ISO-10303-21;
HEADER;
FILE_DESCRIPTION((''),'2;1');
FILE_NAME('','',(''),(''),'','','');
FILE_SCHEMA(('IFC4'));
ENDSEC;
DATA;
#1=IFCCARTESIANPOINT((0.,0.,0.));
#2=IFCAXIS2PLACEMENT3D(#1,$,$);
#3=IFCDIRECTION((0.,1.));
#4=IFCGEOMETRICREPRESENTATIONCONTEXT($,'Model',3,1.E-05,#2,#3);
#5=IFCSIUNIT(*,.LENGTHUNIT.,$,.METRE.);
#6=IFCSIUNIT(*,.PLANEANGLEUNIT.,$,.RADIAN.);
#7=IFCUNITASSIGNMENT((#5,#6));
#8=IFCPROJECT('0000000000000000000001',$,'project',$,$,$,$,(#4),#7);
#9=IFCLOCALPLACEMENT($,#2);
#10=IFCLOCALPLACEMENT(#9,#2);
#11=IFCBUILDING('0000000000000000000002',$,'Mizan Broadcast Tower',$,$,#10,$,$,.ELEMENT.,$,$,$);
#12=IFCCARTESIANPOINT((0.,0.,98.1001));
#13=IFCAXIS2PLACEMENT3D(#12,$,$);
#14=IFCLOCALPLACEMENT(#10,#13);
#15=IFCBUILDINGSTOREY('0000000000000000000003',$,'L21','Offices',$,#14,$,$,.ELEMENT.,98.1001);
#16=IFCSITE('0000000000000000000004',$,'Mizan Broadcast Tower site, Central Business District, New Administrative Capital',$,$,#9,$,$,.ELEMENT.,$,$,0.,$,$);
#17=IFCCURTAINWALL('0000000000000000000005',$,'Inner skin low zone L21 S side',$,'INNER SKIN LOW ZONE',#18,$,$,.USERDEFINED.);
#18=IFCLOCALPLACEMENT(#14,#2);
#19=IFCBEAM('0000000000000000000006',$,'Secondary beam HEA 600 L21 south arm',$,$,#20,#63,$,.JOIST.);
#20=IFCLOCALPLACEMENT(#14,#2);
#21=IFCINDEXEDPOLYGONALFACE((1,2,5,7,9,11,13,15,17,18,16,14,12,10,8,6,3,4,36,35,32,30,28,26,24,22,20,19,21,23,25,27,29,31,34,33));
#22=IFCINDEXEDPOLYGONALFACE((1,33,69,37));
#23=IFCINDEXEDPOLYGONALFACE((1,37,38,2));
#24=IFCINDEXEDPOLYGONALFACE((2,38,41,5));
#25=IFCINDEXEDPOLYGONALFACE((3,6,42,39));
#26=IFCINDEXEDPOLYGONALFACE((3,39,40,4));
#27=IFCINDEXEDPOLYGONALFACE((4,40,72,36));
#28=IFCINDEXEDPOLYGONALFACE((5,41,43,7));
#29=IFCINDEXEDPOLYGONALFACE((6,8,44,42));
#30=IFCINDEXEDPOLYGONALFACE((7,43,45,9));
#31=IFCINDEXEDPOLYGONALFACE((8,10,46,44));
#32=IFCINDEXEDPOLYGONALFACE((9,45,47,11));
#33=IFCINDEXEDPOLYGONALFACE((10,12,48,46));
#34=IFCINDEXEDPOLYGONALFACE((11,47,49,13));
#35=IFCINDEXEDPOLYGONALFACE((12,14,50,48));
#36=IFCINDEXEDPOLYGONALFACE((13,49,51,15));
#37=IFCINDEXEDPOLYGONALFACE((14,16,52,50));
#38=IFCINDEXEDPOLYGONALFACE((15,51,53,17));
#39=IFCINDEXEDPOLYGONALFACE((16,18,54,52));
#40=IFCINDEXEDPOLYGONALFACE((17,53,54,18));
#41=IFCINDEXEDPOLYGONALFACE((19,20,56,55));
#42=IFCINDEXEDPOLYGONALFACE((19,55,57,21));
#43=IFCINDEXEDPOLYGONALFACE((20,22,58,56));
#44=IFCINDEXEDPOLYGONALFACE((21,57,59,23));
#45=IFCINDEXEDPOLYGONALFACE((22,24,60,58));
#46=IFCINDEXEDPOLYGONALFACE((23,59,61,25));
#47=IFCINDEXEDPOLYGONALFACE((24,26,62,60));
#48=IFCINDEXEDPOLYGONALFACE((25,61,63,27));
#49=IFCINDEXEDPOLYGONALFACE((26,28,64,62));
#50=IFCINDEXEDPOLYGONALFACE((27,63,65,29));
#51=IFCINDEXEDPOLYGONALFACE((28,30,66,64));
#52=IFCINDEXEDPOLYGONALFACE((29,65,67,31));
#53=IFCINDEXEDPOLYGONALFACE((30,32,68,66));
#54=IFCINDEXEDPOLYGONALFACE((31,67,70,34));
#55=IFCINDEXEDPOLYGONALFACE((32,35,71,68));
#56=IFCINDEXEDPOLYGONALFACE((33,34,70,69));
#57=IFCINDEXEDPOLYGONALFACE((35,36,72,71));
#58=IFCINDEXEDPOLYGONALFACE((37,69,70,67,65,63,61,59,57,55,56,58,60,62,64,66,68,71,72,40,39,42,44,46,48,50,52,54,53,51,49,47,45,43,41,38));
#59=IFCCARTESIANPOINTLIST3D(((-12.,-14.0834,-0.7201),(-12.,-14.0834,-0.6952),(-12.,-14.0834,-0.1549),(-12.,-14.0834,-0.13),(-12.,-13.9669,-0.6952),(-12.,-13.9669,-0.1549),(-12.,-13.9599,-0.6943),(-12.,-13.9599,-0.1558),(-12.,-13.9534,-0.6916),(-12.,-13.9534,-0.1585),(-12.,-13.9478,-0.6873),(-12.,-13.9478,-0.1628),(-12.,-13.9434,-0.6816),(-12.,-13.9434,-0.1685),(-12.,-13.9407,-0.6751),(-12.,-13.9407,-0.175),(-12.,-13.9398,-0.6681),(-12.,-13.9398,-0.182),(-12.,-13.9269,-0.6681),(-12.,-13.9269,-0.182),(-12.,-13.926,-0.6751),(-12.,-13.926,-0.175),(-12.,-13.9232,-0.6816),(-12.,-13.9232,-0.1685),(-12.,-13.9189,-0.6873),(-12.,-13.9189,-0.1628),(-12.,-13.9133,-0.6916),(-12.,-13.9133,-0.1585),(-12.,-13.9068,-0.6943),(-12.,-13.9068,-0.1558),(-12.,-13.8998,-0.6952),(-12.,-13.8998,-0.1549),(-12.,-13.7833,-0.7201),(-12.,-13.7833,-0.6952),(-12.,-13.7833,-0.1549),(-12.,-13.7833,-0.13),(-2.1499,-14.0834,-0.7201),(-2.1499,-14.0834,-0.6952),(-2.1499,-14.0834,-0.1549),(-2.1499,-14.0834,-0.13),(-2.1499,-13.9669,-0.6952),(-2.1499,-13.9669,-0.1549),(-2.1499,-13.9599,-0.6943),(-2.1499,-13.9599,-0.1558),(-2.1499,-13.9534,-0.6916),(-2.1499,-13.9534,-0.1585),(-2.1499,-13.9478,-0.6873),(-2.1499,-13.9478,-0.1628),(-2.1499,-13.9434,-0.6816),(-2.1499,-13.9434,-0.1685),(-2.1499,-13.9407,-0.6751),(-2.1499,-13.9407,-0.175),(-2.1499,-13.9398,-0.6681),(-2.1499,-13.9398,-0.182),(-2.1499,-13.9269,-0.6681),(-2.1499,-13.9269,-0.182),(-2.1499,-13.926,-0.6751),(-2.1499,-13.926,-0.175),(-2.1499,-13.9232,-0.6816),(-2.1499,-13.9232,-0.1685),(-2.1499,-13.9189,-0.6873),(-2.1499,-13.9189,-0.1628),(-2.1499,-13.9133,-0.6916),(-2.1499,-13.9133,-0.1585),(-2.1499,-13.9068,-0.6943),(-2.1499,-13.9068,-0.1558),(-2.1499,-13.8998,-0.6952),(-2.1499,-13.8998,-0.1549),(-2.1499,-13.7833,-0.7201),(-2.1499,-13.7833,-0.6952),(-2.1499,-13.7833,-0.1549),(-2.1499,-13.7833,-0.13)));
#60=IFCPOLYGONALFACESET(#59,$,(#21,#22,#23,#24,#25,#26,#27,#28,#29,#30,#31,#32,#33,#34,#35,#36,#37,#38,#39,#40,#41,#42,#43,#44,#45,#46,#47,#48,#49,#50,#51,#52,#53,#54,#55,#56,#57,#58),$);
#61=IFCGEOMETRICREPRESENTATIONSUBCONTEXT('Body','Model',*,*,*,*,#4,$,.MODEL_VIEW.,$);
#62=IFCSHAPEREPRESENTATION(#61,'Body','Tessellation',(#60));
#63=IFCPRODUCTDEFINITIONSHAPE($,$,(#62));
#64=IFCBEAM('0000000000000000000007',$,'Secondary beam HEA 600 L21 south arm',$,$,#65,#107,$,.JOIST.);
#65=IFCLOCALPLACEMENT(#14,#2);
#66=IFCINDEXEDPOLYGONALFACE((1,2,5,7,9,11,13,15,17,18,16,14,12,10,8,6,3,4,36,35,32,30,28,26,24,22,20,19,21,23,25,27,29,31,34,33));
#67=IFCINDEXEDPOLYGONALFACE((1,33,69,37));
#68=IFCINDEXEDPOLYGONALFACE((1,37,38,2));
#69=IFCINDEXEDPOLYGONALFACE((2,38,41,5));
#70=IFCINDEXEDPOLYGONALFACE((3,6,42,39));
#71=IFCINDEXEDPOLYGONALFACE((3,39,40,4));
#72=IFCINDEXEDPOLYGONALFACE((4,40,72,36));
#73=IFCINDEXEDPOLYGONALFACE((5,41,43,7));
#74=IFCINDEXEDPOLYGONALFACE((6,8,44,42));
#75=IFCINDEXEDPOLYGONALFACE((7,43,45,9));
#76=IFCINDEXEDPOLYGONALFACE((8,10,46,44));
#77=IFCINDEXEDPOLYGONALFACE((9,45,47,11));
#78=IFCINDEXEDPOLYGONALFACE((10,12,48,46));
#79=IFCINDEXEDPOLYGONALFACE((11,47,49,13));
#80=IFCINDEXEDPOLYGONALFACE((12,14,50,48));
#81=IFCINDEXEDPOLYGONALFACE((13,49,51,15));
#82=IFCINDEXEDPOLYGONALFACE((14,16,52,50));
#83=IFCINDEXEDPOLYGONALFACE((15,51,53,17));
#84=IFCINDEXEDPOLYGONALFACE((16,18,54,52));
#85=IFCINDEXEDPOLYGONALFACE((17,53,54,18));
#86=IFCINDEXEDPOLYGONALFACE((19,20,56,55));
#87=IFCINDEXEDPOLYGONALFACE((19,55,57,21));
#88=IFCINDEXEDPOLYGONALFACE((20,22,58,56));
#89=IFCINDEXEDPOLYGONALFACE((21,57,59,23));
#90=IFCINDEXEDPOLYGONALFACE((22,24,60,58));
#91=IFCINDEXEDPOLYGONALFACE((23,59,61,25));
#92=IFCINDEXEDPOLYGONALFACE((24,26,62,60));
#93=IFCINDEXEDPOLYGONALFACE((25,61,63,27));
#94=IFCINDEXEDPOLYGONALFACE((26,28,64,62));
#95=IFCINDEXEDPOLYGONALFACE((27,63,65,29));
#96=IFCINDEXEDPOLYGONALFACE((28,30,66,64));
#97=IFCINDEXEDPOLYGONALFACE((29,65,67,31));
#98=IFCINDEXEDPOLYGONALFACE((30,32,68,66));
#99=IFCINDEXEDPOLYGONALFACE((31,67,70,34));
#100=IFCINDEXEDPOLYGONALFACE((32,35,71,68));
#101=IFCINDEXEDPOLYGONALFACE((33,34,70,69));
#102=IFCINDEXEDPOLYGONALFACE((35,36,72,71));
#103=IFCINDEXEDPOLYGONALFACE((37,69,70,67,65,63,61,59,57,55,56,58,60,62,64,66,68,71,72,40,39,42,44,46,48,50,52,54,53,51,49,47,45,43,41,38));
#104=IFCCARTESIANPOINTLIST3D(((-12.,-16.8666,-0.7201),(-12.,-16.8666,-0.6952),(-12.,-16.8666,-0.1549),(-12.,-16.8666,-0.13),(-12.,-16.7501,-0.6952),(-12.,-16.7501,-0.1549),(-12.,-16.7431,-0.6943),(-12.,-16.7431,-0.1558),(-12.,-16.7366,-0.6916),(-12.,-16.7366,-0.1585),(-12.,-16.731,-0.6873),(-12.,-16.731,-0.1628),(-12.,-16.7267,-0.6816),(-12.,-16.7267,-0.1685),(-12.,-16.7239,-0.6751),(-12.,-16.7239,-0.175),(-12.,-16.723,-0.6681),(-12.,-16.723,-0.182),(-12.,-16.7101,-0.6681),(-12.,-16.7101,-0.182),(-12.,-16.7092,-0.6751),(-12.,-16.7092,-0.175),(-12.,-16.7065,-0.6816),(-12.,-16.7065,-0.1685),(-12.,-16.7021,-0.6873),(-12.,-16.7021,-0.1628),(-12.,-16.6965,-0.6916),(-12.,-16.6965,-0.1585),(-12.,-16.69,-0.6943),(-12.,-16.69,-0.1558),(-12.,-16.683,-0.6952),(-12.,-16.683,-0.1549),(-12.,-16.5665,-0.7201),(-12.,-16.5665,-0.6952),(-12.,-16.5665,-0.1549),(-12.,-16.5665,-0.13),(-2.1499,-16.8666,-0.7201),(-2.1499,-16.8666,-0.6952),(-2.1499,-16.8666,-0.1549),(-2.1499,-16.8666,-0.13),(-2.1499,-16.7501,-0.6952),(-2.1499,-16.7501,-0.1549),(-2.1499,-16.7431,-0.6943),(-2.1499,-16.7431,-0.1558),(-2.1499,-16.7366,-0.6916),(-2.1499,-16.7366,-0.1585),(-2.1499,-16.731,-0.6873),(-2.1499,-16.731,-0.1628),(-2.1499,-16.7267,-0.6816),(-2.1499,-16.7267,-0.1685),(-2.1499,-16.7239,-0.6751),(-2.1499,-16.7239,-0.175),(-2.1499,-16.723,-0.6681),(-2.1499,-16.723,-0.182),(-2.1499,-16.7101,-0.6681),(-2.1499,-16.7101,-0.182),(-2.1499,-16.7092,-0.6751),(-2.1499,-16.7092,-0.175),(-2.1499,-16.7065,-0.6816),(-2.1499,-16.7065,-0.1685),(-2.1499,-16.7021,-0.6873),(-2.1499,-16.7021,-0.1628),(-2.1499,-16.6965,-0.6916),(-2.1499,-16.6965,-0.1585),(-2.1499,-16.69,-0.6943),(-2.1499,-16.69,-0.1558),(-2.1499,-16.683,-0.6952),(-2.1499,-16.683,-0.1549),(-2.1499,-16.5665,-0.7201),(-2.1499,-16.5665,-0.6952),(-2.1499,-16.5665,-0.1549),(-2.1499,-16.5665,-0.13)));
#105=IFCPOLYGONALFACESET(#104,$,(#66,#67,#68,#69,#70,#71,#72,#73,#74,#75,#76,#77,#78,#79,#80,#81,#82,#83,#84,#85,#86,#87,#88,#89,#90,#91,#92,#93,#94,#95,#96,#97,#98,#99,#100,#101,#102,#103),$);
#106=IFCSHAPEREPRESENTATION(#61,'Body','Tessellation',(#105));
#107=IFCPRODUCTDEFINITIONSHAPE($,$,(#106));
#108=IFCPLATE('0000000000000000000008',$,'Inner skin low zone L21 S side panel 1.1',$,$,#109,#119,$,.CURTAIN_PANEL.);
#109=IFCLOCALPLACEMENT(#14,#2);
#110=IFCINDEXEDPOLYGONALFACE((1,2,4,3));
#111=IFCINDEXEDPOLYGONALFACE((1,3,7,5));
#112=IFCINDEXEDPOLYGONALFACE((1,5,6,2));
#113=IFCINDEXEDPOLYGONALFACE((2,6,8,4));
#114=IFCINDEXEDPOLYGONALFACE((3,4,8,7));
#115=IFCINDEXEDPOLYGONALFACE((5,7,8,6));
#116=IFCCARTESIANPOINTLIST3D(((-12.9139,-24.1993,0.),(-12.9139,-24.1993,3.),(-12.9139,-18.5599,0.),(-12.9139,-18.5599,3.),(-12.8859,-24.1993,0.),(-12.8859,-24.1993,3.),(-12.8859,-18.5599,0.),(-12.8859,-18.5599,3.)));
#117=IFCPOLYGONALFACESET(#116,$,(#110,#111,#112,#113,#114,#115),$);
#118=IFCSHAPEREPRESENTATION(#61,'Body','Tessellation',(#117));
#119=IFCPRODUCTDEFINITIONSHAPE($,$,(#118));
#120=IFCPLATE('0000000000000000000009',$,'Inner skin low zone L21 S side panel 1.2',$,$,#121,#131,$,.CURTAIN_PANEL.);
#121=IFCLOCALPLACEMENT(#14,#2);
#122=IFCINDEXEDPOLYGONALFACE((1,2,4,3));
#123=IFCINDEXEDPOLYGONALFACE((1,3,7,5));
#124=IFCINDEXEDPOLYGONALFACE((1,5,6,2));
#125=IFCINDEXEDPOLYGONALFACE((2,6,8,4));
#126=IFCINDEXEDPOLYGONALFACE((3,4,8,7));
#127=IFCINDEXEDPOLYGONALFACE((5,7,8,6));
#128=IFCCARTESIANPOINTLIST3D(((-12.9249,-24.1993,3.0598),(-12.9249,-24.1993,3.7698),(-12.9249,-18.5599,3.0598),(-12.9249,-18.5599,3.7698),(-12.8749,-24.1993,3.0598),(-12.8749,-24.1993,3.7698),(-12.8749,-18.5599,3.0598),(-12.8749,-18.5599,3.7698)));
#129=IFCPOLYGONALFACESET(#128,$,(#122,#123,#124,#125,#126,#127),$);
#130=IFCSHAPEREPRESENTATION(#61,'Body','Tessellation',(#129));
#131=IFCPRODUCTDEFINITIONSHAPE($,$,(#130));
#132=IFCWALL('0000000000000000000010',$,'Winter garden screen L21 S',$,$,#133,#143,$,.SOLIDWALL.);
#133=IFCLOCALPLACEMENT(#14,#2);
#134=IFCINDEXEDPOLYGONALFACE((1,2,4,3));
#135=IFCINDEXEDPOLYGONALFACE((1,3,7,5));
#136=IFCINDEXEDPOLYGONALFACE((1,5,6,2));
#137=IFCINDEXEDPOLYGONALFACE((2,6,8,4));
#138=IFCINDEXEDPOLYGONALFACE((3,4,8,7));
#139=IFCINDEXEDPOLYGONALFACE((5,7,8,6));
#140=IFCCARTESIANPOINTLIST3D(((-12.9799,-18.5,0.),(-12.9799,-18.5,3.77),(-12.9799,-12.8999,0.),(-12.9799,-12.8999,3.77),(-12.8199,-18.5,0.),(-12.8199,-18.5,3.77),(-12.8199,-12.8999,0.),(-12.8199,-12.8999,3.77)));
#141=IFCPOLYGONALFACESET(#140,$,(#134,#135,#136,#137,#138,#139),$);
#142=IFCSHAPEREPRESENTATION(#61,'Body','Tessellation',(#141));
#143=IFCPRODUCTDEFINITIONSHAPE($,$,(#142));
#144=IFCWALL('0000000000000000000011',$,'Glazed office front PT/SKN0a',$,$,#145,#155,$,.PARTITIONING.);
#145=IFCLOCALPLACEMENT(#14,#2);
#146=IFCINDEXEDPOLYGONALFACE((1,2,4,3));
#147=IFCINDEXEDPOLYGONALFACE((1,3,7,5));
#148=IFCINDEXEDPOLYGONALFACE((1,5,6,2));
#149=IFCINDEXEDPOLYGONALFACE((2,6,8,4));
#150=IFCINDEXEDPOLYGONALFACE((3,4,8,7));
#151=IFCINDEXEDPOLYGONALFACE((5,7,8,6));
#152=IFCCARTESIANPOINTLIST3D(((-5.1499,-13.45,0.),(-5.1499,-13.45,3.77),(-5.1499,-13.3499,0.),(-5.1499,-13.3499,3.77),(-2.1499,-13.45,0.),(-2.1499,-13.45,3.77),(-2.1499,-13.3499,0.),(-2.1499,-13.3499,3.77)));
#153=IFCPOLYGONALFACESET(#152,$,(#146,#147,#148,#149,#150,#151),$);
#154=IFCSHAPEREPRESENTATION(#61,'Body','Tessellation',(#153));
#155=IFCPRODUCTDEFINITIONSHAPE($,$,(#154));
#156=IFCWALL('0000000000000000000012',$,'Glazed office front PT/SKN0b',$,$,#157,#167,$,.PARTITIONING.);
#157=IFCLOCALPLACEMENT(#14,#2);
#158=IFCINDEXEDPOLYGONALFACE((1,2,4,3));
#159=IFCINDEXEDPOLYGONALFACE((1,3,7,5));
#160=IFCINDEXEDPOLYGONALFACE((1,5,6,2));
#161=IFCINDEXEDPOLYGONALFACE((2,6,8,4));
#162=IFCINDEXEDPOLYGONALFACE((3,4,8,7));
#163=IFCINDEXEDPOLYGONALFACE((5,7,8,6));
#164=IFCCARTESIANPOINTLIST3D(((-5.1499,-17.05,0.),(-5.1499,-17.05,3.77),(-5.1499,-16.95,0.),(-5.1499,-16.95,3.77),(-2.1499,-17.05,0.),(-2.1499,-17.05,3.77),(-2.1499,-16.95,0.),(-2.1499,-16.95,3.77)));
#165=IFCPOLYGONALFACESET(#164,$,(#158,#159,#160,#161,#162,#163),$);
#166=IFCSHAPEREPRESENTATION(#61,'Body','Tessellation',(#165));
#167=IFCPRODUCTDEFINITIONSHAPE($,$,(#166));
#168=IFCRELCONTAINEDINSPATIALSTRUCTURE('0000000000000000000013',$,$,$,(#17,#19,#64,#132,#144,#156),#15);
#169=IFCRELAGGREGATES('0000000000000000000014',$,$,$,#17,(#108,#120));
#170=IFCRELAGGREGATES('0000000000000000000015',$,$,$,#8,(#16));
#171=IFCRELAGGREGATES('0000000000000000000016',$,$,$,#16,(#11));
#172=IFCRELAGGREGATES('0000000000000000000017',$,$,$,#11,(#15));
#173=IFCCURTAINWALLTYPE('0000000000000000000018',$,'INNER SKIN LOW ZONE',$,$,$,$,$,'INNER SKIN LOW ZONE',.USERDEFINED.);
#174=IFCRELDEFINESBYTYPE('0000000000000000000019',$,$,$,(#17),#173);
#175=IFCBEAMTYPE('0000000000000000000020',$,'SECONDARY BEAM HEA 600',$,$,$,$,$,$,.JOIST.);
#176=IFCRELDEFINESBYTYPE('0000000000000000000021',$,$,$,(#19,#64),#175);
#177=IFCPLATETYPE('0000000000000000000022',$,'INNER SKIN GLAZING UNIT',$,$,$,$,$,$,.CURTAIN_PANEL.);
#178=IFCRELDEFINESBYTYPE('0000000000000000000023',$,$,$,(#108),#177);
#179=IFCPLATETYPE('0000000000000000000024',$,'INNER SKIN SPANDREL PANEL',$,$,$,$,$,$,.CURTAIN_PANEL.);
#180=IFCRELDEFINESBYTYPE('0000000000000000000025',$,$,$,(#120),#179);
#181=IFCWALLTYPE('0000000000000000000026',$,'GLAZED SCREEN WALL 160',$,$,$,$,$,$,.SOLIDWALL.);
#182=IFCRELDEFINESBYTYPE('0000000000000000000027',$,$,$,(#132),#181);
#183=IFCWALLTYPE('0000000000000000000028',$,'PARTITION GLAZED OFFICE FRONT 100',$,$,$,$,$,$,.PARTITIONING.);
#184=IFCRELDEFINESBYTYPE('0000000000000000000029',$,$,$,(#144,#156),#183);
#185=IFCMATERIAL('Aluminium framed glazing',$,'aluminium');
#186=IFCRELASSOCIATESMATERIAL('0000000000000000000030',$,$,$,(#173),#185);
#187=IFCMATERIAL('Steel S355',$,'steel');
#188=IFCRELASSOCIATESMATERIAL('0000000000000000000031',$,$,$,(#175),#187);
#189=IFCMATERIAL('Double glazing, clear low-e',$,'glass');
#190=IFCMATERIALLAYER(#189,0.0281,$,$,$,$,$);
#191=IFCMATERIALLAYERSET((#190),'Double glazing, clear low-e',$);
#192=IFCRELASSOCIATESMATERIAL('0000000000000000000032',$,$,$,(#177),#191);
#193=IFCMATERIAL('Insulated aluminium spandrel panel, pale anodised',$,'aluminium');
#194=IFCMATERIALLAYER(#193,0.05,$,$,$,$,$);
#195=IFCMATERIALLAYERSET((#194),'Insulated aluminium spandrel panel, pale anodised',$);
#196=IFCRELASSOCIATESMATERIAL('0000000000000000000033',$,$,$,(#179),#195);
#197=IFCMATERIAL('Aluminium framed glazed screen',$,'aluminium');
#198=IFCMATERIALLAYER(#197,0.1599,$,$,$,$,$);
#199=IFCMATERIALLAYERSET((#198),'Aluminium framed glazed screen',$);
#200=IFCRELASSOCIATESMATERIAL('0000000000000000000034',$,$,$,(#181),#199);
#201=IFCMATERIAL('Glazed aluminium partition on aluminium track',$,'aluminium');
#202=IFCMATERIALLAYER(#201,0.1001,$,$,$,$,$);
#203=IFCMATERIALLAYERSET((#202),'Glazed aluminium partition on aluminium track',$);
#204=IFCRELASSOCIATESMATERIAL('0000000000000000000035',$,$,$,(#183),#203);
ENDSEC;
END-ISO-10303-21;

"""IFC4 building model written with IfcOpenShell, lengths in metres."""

from ifc_helpers import new_model, si_unit, direction, frame, frame_2d, origin, origin_2d, place, context, subcontext, project, spatial, rectangle, i_section, extrude, material, layer, layer_set, material_profile, profile_set, type_object, element, aggregate, save


model = new_model("IFC4")

# Units and contexts
model_context = context("Model", 3, precision=1e-05, world=origin(), true_north=direction((0.0, 1.0)))
body_context = subcontext(model_context, "Body", "Model", "MODEL_VIEW")
ifc_project = project(units=[si_unit("LENGTHUNIT", "METRE"), si_unit("PLANEANGLEUNIT", "RADIAN")], contexts=[model_context])

# Site, building, storey
site_placement = place(None, origin())
site = spatial("IfcSite", under=ifc_project, at=site_placement, Name="Mizan Broadcast Tower site, Central Business District, New Administrative Capital", CompositionType="ELEMENT", RefElevation=0.0)
building_placement = place(site_placement, origin())
building = spatial("IfcBuilding", under=site, at=building_placement, Name="Mizan Broadcast Tower", CompositionType="ELEMENT")
storey_placement = place(building_placement, frame((0.0, 0.0, 98.1001)))
storey = spatial("IfcBuildingStorey", under=building, at=storey_placement, Name="L21", Description="Offices", CompositionType="ELEMENT", Elevation=98.1001)

# Curtain wall
ifc_material_1 = material(Name="Aluminium framed glazing", Category="aluminium")
curtain_wall_type = type_object("IfcCurtainWallType", Name="INNER SKIN LOW ZONE", ElementType="INNER SKIN LOW ZONE", PredefinedType="USERDEFINED", material=ifc_material_1)
curtain_wall_placement = place(storey_placement, origin())
curtain_wall = element("IfcCurtainWall", 1, at=curtain_wall_placement, inside=storey, type_object=curtain_wall_type, Name="Inner skin low zone L21 S side", ObjectType="INNER SKIN LOW ZONE", PredefinedType="USERDEFINED")

# Beams
ifc_material_2 = material(Name="Steel S355", Category="steel")
ifc_material_profile_1 = material_profile(ifc_material_2, i_section(OverallWidth=0.3, OverallDepth=0.5901, WebThickness=0.0129, FlangeThickness=0.0249, FilletRadius=0.0271, at=origin_2d()), Name="HEA 600")
ifc_profile_set_1 = profile_set([ifc_material_profile_1], Name="Steel S355")
beam_type_1 = type_object("IfcBeamType", Name="SECONDARY BEAM HEA 600", PredefinedType="JOIST", material=ifc_profile_set_1)
for number, where, z_axis, x_axis, name in (
    (2, (-12.0, -13.9333, -0.425), (1.0, 0.0, 0.0), (0.0, 1.0, 0.0), "Secondary beam HEA 600 L21 south arm"),
    (3, (-12.0, -16.7166, -0.425), (1.0, 0.0, 0.0), (0.0, 1.0, 0.0), "Secondary beam HEA 600 L21 south arm"),
):
    element("IfcBeam", number, at=place(storey_placement, frame(where, z_axis=z_axis, x_axis=x_axis)), inside=storey, type_object=beam_type_1, Name=name, PredefinedType="JOIST", context=body_context, shape_type="SweptSolid", body=[
        extrude(i_section(OverallWidth=0.3, OverallDepth=0.5901, WebThickness=0.0129, FlangeThickness=0.0249, FilletRadius=0.0271, at=origin_2d()), origin(), (0.0, 0.0, 1.0), 9.8501),
    ])

# Plates
ifc_material_3 = material(Name="Double glazing, clear low-e", Category="glass")
ifc_layer_1 = layer(ifc_material_3, 0.0281)
ifc_layer_set_1 = layer_set([ifc_layer_1], Name="Double glazing, clear low-e")
plate_type_1 = type_object("IfcPlateType", Name="INNER SKIN GLAZING UNIT", PredefinedType="CURTAIN_PANEL", material=ifc_layer_set_1)
plate_1_placement = place(storey_placement, frame((-12.8999, -21.3796, 0.0), z_axis=(0.0, 0.0, 1.0), x_axis=(0.0, -1.0, 0.0)))
plate_1 = element("IfcPlate", 4, at=plate_1_placement, type_object=plate_type_1, Name="Inner skin low zone L21 S side panel 1.1", PredefinedType="CURTAIN_PANEL", context=body_context, shape_type="SweptSolid", body=[
    extrude(rectangle(XDim=5.6394, YDim=0.0281, at=origin_2d()), origin(), (0.0, 0.0, 1.0), 3.0),
])
ifc_material_4 = material(Name="Insulated aluminium spandrel panel, pale anodised", Category="aluminium")
ifc_layer_2 = layer(ifc_material_4, 0.05)
ifc_layer_set_2 = layer_set([ifc_layer_2], Name="Insulated aluminium spandrel panel, pale anodised")
plate_type_2 = type_object("IfcPlateType", Name="INNER SKIN SPANDREL PANEL", PredefinedType="CURTAIN_PANEL", material=ifc_layer_set_2)
plate_2_placement = place(storey_placement, frame((-12.8999, -21.3796, 3.0598), z_axis=(0.0, 0.0, 1.0), x_axis=(0.0, -1.0, 0.0)))
plate_2 = element("IfcPlate", 5, at=plate_2_placement, type_object=plate_type_2, Name="Inner skin low zone L21 S side panel 1.2", PredefinedType="CURTAIN_PANEL", context=body_context, shape_type="SweptSolid", body=[
    extrude(rectangle(XDim=5.6394, YDim=0.05, at=origin_2d()), origin(), (0.0, 0.0, 1.0), 0.71),
])
aggregate(curtain_wall, [plate_1, plate_2])

# Walls
ifc_material_5 = material(Name="Aluminium framed glazed screen", Category="aluminium")
ifc_layer_3 = layer(ifc_material_5, 0.1599)
ifc_layer_set_3 = layer_set([ifc_layer_3], Name="Aluminium framed glazed screen")
wall_type_1 = type_object("IfcWallType", Name="GLAZED SCREEN WALL 160", PredefinedType="SOLIDWALL", material=ifc_layer_set_3)
wall_1_placement = place(storey_placement, frame((-12.8999, -12.8999, 0.0), z_axis=(0.0, 0.0, 1.0), x_axis=(0.0, -1.0, 0.0)))
element("IfcWall", 6, at=wall_1_placement, inside=storey, type_object=wall_type_1, Name="Winter garden screen L21 S", PredefinedType="SOLIDWALL", context=body_context, shape_type="SweptSolid", body=[
    extrude(rectangle(XDim=5.6001, YDim=0.1599, at=frame_2d((2.8, 0.0))), origin(), (0.0, 0.0, 1.0), 3.77),
])
ifc_material_6 = material(Name="Glazed aluminium partition on aluminium track", Category="aluminium")
ifc_layer_4 = layer(ifc_material_6, 0.1001)
ifc_layer_set_4 = layer_set([ifc_layer_4], Name="Glazed aluminium partition on aluminium track")
wall_type_2 = type_object("IfcWallType", Name="PARTITION GLAZED OFFICE FRONT 100", PredefinedType="PARTITIONING", material=ifc_layer_set_4)
for number, where, z_axis, x_axis, name in (
    (7, (-2.1499, -13.3999, 0.0), (0.0, 0.0, 1.0), (-1.0, 0.0, 0.0), "Glazed office front PT/SKN0a"),
    (8, (-2.1499, -17.0, 0.0), (0.0, 0.0, 1.0), (-1.0, 0.0, 0.0), "Glazed office front PT/SKN0b"),
):
    element("IfcWall", number, at=place(storey_placement, frame(where, z_axis=z_axis, x_axis=x_axis)), inside=storey, type_object=wall_type_2, Name=name, PredefinedType="PARTITIONING", context=body_context, shape_type="SweptSolid", body=[
        extrude(rectangle(XDim=3.0, YDim=0.1001, at=frame_2d((1.5, 0.0))), origin(), (0.0, 0.0, 1.0), 3.77),
    ])

save(model, "model.ifc")
